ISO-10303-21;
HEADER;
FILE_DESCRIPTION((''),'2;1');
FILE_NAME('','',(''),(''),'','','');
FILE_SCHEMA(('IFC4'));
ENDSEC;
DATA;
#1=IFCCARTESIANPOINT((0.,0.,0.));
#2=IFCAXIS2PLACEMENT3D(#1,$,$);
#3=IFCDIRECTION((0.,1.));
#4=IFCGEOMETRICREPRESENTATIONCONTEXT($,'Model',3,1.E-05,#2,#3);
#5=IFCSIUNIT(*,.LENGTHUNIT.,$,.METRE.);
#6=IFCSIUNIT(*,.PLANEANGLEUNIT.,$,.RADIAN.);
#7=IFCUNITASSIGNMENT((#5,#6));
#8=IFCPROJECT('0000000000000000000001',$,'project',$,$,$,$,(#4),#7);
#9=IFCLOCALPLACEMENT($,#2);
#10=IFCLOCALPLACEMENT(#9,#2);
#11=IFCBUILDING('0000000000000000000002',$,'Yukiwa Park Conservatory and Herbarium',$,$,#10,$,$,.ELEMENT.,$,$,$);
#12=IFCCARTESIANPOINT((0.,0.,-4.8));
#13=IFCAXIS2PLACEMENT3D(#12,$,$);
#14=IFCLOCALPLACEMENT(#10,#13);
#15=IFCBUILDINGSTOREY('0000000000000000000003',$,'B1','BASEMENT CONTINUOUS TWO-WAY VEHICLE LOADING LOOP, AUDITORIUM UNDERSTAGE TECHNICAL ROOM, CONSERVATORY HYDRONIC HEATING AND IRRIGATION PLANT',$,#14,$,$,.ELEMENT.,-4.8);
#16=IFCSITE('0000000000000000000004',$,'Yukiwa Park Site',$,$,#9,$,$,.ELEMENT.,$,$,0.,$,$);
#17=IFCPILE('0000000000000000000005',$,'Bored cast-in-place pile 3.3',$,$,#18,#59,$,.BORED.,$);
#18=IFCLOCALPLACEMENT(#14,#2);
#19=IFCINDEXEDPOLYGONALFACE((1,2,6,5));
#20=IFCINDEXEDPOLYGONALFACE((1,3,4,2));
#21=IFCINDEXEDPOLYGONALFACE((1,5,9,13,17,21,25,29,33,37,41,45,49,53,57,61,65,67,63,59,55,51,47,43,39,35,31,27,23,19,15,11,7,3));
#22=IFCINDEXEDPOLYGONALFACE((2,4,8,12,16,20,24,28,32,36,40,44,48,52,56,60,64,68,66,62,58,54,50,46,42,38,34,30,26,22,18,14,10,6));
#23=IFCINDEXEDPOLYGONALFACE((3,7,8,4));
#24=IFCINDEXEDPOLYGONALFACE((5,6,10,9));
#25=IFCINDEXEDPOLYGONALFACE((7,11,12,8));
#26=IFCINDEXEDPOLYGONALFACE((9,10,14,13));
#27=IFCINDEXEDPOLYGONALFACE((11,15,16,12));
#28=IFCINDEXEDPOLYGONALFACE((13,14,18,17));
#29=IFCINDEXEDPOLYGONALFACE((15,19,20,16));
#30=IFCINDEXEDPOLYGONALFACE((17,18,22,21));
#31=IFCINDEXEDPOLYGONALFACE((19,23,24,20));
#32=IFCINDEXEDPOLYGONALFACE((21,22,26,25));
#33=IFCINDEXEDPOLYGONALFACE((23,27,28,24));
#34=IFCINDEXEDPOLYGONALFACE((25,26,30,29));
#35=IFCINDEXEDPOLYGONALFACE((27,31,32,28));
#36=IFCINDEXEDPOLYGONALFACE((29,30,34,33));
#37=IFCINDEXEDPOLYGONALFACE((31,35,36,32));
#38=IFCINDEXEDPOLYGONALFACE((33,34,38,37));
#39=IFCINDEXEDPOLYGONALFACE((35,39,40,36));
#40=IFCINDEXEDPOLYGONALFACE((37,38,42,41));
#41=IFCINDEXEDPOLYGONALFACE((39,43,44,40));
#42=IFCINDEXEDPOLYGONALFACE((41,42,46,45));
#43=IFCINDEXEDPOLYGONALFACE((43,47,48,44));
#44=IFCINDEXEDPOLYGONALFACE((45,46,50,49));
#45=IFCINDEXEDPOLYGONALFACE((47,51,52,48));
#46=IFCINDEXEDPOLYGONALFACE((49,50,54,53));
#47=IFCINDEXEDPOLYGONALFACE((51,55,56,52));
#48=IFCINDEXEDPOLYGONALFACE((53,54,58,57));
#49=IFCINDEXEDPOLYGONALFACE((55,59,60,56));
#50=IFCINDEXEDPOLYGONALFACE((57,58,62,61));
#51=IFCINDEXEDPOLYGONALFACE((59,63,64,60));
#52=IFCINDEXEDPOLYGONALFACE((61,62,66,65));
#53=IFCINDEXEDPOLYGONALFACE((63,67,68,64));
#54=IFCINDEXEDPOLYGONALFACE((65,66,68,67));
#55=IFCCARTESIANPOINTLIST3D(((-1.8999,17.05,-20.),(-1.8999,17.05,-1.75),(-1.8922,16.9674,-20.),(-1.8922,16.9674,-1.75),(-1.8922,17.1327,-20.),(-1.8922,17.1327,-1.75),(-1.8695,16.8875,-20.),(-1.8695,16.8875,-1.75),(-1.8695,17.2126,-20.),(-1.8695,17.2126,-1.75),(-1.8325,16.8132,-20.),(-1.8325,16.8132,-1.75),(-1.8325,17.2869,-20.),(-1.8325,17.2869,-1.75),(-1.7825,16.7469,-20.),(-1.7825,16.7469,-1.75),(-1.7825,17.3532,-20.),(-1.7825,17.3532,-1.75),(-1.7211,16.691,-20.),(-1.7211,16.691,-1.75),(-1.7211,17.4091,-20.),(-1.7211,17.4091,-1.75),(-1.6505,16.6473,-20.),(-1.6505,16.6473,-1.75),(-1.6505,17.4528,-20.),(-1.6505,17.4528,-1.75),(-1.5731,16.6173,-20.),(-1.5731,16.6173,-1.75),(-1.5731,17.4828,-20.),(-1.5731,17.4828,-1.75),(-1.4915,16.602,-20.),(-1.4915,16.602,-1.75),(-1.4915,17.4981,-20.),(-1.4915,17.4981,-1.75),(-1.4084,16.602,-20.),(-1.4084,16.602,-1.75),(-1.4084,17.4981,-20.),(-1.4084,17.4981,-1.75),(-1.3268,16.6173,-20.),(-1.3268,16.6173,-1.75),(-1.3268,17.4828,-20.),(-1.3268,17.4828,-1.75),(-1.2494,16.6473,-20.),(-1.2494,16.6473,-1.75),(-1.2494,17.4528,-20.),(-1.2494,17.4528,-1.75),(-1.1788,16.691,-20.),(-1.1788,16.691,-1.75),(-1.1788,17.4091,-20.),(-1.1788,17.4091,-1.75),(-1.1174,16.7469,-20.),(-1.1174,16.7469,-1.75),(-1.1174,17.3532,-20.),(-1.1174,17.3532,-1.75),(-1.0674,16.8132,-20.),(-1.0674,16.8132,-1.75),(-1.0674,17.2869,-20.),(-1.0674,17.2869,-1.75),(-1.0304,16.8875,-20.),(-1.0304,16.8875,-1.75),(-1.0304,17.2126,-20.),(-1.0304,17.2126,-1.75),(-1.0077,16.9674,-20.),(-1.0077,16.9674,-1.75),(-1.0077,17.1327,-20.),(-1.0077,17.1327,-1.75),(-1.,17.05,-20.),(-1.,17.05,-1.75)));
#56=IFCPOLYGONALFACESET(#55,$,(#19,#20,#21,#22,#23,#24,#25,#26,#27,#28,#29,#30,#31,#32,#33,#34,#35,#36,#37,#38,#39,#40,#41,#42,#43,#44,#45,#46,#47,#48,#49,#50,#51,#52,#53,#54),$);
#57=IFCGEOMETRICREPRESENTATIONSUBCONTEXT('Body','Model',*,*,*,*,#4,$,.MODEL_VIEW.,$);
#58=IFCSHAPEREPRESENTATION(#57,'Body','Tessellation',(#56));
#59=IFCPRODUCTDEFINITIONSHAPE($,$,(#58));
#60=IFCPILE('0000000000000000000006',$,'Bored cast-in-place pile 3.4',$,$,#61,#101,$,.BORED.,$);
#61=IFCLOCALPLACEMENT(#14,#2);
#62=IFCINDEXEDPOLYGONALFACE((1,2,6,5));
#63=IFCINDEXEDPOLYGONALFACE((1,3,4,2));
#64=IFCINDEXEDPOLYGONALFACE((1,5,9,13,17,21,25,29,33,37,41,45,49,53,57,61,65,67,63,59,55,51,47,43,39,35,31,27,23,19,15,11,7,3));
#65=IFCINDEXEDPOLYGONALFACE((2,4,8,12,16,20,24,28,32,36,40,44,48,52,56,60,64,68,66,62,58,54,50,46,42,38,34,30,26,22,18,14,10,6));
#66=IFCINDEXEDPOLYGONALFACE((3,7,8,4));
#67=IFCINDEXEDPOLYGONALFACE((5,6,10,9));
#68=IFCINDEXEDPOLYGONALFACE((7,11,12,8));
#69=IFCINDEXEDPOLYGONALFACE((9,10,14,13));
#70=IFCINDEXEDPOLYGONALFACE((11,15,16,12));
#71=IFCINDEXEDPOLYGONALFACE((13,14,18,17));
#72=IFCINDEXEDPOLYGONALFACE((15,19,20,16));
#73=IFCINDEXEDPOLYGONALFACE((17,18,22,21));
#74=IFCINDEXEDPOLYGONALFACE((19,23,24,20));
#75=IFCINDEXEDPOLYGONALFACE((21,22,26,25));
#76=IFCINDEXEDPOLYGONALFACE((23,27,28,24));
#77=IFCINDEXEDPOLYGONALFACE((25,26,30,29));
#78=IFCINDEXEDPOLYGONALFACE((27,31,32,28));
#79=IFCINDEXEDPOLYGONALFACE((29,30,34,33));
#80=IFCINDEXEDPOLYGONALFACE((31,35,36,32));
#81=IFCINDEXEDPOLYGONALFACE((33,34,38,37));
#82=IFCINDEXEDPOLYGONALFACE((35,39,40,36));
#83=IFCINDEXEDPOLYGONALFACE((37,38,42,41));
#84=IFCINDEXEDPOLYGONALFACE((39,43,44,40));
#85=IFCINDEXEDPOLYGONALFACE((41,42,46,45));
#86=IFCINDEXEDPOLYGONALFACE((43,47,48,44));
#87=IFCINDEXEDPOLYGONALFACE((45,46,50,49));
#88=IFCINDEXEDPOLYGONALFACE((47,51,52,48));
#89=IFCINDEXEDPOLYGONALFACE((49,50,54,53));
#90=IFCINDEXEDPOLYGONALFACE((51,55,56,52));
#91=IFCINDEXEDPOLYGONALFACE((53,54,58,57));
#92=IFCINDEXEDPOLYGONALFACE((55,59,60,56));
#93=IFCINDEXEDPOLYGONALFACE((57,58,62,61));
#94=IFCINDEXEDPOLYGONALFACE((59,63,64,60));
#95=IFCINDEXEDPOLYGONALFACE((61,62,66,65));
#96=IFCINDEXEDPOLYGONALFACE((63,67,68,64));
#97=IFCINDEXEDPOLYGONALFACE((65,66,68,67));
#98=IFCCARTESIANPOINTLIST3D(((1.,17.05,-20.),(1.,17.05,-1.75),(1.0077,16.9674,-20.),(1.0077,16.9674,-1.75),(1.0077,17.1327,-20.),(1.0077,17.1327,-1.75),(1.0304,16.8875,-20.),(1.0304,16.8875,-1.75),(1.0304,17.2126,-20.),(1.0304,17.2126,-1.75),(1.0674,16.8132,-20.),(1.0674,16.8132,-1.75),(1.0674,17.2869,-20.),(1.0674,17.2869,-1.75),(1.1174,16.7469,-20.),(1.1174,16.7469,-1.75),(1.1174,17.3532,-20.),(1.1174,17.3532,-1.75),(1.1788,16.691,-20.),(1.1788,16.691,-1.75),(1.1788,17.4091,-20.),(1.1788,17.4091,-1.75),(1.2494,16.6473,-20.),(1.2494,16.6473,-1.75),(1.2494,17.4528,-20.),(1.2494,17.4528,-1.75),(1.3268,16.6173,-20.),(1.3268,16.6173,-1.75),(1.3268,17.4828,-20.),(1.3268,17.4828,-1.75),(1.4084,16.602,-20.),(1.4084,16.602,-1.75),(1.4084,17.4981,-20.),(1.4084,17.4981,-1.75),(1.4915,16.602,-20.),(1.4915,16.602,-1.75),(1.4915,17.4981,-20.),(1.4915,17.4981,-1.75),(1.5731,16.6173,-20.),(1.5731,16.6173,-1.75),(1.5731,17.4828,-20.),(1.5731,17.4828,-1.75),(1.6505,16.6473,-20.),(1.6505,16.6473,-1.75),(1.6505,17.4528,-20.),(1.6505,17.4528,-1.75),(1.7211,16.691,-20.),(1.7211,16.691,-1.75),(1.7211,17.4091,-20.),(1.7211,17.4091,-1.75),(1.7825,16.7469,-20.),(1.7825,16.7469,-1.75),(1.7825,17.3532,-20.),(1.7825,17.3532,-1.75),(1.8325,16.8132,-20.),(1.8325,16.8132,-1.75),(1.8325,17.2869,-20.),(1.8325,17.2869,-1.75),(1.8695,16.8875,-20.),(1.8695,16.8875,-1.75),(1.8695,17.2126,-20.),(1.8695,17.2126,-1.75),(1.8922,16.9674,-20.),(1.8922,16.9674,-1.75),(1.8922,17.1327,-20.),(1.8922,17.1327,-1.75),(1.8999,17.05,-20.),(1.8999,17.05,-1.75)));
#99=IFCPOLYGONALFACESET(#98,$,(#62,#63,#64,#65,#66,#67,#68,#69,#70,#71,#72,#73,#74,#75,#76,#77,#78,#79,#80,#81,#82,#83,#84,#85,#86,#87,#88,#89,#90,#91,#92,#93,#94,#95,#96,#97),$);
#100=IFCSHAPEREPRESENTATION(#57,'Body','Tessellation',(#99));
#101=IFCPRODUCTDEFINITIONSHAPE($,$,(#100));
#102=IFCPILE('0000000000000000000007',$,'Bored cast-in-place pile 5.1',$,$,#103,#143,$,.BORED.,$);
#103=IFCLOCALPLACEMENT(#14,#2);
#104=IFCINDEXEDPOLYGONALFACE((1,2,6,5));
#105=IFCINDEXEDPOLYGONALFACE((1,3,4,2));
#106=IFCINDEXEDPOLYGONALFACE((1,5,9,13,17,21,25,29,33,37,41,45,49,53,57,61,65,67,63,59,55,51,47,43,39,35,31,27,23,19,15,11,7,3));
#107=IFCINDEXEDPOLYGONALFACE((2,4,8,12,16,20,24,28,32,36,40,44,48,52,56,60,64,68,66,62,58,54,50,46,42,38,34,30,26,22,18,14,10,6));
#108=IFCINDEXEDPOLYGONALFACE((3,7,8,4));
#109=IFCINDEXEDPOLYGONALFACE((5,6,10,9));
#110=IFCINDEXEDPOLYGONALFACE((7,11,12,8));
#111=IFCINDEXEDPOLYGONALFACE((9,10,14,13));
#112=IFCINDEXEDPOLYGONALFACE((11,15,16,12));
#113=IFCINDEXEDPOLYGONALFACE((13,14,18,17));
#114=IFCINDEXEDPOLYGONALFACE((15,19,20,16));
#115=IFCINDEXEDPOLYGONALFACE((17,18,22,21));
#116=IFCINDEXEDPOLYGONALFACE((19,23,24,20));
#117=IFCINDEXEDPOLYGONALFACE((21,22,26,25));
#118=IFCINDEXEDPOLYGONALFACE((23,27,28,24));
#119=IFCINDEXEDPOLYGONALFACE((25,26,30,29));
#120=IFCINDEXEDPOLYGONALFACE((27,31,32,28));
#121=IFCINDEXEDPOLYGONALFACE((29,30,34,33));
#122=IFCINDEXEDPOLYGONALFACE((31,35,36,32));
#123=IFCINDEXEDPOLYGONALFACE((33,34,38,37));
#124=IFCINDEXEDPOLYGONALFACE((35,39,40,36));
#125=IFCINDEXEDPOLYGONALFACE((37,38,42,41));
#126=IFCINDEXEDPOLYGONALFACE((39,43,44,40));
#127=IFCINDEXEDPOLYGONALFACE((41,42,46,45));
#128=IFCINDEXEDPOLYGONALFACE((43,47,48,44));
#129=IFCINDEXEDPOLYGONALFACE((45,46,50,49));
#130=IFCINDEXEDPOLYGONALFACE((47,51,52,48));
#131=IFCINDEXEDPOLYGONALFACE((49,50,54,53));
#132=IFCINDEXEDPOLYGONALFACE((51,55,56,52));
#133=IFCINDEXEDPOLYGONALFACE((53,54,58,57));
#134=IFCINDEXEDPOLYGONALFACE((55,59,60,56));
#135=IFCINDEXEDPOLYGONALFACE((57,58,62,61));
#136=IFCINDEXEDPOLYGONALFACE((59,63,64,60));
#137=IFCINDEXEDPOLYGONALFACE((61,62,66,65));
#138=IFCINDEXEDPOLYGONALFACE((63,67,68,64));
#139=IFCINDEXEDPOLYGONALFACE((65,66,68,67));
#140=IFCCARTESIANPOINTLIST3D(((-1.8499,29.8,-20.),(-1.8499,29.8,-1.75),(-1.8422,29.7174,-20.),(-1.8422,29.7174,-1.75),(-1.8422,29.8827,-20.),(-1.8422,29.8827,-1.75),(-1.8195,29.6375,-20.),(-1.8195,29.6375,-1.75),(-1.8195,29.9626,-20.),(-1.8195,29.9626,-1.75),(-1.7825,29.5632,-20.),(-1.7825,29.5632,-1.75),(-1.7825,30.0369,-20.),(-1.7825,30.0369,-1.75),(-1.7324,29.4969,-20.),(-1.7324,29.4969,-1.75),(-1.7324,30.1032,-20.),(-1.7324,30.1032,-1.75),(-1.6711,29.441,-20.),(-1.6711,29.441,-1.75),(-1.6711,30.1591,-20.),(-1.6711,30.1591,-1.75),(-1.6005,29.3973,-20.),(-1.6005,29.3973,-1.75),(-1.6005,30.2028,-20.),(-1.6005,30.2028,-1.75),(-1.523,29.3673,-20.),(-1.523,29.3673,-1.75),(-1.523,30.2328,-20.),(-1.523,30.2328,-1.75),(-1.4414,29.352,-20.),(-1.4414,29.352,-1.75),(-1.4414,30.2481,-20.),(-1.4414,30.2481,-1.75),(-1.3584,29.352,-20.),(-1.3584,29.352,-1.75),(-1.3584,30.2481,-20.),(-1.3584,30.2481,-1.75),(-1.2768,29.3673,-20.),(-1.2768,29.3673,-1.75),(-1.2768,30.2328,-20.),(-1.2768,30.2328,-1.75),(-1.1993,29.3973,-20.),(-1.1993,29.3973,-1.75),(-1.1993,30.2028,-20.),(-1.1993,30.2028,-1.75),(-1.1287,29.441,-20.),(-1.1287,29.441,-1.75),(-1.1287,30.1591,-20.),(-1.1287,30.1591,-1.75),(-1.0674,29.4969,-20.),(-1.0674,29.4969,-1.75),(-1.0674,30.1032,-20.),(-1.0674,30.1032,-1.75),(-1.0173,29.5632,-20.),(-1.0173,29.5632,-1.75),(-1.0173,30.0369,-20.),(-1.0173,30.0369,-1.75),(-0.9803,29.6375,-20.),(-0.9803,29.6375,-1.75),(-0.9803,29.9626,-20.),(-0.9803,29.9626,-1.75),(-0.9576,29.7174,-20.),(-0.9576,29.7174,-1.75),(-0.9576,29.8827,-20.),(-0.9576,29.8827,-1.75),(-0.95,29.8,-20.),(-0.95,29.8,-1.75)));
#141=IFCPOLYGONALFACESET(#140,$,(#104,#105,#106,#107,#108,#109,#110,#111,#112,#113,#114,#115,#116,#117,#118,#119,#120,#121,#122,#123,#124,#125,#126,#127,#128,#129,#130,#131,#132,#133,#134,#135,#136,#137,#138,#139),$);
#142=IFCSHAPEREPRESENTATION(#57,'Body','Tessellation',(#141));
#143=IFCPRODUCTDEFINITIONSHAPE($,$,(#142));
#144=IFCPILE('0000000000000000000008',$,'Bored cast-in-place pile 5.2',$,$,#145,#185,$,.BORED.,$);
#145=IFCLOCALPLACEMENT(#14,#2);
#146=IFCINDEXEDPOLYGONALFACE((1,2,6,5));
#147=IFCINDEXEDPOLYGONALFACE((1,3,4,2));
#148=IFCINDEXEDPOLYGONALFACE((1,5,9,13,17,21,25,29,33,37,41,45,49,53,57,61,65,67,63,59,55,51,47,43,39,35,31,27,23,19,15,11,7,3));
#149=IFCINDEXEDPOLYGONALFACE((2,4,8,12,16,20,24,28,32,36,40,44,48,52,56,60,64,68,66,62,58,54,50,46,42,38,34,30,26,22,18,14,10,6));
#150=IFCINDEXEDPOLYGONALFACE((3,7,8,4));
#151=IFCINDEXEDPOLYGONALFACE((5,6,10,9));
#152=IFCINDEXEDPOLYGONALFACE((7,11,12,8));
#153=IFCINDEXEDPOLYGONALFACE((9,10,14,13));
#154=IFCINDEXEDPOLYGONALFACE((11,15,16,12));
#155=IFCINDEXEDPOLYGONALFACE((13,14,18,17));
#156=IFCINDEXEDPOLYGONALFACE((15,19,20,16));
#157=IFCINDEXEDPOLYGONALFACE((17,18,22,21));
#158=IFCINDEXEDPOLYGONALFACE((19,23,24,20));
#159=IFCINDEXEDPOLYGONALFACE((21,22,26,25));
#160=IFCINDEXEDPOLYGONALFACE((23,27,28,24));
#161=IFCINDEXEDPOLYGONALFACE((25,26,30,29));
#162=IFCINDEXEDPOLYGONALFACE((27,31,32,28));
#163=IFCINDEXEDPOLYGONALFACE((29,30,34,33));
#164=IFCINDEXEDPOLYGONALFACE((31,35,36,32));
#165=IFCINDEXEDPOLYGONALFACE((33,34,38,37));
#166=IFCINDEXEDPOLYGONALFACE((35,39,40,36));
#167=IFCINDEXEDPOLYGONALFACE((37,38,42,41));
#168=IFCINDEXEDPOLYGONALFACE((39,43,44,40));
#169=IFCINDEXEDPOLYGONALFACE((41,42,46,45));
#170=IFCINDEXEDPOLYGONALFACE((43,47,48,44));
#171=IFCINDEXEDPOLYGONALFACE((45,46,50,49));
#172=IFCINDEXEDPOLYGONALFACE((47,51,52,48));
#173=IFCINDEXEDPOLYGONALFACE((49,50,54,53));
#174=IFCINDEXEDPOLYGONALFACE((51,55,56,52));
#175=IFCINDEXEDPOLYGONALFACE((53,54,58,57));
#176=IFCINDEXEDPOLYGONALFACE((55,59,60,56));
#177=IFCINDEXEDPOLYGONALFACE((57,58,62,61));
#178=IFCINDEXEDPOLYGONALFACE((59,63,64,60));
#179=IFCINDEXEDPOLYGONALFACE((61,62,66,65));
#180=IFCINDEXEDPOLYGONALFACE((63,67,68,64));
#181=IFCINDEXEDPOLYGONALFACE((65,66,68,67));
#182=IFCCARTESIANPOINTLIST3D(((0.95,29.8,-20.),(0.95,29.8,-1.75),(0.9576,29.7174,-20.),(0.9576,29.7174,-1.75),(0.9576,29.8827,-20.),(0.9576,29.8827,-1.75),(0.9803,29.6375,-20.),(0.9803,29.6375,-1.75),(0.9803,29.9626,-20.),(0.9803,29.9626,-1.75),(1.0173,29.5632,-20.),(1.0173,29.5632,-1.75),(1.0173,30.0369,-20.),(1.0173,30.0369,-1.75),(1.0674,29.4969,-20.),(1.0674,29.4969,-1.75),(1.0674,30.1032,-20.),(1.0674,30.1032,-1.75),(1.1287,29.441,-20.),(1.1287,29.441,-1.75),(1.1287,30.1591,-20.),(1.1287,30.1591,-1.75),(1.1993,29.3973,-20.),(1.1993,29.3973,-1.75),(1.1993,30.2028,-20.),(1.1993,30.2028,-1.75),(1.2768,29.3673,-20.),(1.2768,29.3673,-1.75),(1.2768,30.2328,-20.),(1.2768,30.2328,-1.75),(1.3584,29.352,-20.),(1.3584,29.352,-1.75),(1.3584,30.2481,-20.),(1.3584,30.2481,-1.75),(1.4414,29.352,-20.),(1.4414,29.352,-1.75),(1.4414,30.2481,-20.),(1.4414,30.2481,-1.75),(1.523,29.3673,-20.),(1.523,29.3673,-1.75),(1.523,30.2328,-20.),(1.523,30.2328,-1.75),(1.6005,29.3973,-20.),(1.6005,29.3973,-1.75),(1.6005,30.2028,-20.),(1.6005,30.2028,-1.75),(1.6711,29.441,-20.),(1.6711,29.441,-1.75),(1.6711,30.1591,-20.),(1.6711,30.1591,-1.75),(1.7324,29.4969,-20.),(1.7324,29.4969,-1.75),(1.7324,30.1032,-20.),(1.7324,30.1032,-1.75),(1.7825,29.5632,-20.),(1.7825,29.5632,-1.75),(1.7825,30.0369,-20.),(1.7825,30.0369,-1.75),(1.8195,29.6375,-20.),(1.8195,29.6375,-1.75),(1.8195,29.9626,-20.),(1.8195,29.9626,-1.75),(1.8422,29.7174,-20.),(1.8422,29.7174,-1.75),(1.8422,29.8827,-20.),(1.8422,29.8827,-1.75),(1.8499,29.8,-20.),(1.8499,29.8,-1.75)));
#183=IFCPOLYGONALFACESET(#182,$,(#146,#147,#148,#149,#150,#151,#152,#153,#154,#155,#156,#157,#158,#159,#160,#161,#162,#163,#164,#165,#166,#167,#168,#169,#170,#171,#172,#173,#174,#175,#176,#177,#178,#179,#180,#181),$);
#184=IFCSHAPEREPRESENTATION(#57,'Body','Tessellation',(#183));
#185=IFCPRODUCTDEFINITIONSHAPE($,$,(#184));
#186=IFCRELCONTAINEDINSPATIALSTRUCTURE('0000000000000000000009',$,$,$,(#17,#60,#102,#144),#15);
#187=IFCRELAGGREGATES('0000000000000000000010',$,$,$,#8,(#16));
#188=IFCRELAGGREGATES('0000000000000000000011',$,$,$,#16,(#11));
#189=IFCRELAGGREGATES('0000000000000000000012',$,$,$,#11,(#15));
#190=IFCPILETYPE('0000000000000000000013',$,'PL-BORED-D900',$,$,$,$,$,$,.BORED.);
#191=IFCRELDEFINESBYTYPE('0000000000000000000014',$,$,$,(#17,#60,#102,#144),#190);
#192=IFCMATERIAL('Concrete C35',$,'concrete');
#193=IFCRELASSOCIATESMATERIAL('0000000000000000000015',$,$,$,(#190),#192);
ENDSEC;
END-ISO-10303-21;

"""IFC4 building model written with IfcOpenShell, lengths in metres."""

from ifc_helpers import new_model, si_unit, direction, frame, origin, origin_2d, place, context, subcontext, project, spatial, circle, extrude, material, material_profile, profile_set, type_object, element, save


model = new_model("IFC4")

# Units and contexts
model_context = context("Model", 3, precision=1e-05, world=origin(), true_north=direction((0.0, 1.0)))
body_context = subcontext(model_context, "Body", "Model", "MODEL_VIEW")
ifc_project = project(units=[si_unit("LENGTHUNIT", "METRE"), si_unit("PLANEANGLEUNIT", "RADIAN")], contexts=[model_context])

# Site, building, storey
site_placement = place(None, origin())
site = spatial("IfcSite", under=ifc_project, at=site_placement, Name="Yukiwa Park Site", CompositionType="ELEMENT", RefElevation=0.0)
building_placement = place(site_placement, origin())
building = spatial("IfcBuilding", under=site, at=building_placement, Name="Yukiwa Park Conservatory and Herbarium", CompositionType="ELEMENT")
storey_placement = place(building_placement, frame((0.0, 0.0, -4.8)))
storey = spatial("IfcBuildingStorey", under=building, at=storey_placement, Name="B1", Description="BASEMENT CONTINUOUS TWO-WAY VEHICLE LOADING LOOP, AUDITORIUM UNDERSTAGE TECHNICAL ROOM, CONSERVATORY HYDRONIC HEATING AND IRRIGATION PLANT", CompositionType="ELEMENT", Elevation=-4.8)

# Piles
ifc_material_1 = material(Name="Concrete C35", Category="concrete")
ifc_material_profile_1 = material_profile(ifc_material_1, circle(Radius=0.45, at=origin_2d()), Name="PILE D900")
ifc_profile_set_1 = profile_set([ifc_material_profile_1], Name="Concrete C35")
pile_type_1 = type_object("IfcPileType", Name="PL-BORED-D900", PredefinedType="BORED", material=ifc_profile_set_1)
for number, where, z_axis, x_axis, name in (
    (1, (-1.45, 17.05, -1.75), (0.0, 0.0, -1.0), (1.0, 0.0, 0.0), "Bored cast-in-place pile 3.3"),
    (2, (1.45, 17.05, -1.75), (0.0, 0.0, -1.0), (1.0, 0.0, 0.0), "Bored cast-in-place pile 3.4"),
    (3, (-1.3999, 29.8, -1.75), (0.0, 0.0, -1.0), (1.0, 0.0, 0.0), "Bored cast-in-place pile 5.1"),
    (4, (1.3999, 29.8, -1.75), (0.0, 0.0, -1.0), (1.0, 0.0, 0.0), "Bored cast-in-place pile 5.2"),
):
    element("IfcPile", number, at=place(storey_placement, frame(where, z_axis=z_axis, x_axis=x_axis)), inside=storey, type_object=pile_type_1, Name=name, PredefinedType="BORED", context=body_context, shape_type="SweptSolid", body=[
        extrude(circle(Radius=0.45, at=origin_2d()), origin(), (0.0, 0.0, 1.0), 18.25),
    ])

save(model, "model.ifc")
